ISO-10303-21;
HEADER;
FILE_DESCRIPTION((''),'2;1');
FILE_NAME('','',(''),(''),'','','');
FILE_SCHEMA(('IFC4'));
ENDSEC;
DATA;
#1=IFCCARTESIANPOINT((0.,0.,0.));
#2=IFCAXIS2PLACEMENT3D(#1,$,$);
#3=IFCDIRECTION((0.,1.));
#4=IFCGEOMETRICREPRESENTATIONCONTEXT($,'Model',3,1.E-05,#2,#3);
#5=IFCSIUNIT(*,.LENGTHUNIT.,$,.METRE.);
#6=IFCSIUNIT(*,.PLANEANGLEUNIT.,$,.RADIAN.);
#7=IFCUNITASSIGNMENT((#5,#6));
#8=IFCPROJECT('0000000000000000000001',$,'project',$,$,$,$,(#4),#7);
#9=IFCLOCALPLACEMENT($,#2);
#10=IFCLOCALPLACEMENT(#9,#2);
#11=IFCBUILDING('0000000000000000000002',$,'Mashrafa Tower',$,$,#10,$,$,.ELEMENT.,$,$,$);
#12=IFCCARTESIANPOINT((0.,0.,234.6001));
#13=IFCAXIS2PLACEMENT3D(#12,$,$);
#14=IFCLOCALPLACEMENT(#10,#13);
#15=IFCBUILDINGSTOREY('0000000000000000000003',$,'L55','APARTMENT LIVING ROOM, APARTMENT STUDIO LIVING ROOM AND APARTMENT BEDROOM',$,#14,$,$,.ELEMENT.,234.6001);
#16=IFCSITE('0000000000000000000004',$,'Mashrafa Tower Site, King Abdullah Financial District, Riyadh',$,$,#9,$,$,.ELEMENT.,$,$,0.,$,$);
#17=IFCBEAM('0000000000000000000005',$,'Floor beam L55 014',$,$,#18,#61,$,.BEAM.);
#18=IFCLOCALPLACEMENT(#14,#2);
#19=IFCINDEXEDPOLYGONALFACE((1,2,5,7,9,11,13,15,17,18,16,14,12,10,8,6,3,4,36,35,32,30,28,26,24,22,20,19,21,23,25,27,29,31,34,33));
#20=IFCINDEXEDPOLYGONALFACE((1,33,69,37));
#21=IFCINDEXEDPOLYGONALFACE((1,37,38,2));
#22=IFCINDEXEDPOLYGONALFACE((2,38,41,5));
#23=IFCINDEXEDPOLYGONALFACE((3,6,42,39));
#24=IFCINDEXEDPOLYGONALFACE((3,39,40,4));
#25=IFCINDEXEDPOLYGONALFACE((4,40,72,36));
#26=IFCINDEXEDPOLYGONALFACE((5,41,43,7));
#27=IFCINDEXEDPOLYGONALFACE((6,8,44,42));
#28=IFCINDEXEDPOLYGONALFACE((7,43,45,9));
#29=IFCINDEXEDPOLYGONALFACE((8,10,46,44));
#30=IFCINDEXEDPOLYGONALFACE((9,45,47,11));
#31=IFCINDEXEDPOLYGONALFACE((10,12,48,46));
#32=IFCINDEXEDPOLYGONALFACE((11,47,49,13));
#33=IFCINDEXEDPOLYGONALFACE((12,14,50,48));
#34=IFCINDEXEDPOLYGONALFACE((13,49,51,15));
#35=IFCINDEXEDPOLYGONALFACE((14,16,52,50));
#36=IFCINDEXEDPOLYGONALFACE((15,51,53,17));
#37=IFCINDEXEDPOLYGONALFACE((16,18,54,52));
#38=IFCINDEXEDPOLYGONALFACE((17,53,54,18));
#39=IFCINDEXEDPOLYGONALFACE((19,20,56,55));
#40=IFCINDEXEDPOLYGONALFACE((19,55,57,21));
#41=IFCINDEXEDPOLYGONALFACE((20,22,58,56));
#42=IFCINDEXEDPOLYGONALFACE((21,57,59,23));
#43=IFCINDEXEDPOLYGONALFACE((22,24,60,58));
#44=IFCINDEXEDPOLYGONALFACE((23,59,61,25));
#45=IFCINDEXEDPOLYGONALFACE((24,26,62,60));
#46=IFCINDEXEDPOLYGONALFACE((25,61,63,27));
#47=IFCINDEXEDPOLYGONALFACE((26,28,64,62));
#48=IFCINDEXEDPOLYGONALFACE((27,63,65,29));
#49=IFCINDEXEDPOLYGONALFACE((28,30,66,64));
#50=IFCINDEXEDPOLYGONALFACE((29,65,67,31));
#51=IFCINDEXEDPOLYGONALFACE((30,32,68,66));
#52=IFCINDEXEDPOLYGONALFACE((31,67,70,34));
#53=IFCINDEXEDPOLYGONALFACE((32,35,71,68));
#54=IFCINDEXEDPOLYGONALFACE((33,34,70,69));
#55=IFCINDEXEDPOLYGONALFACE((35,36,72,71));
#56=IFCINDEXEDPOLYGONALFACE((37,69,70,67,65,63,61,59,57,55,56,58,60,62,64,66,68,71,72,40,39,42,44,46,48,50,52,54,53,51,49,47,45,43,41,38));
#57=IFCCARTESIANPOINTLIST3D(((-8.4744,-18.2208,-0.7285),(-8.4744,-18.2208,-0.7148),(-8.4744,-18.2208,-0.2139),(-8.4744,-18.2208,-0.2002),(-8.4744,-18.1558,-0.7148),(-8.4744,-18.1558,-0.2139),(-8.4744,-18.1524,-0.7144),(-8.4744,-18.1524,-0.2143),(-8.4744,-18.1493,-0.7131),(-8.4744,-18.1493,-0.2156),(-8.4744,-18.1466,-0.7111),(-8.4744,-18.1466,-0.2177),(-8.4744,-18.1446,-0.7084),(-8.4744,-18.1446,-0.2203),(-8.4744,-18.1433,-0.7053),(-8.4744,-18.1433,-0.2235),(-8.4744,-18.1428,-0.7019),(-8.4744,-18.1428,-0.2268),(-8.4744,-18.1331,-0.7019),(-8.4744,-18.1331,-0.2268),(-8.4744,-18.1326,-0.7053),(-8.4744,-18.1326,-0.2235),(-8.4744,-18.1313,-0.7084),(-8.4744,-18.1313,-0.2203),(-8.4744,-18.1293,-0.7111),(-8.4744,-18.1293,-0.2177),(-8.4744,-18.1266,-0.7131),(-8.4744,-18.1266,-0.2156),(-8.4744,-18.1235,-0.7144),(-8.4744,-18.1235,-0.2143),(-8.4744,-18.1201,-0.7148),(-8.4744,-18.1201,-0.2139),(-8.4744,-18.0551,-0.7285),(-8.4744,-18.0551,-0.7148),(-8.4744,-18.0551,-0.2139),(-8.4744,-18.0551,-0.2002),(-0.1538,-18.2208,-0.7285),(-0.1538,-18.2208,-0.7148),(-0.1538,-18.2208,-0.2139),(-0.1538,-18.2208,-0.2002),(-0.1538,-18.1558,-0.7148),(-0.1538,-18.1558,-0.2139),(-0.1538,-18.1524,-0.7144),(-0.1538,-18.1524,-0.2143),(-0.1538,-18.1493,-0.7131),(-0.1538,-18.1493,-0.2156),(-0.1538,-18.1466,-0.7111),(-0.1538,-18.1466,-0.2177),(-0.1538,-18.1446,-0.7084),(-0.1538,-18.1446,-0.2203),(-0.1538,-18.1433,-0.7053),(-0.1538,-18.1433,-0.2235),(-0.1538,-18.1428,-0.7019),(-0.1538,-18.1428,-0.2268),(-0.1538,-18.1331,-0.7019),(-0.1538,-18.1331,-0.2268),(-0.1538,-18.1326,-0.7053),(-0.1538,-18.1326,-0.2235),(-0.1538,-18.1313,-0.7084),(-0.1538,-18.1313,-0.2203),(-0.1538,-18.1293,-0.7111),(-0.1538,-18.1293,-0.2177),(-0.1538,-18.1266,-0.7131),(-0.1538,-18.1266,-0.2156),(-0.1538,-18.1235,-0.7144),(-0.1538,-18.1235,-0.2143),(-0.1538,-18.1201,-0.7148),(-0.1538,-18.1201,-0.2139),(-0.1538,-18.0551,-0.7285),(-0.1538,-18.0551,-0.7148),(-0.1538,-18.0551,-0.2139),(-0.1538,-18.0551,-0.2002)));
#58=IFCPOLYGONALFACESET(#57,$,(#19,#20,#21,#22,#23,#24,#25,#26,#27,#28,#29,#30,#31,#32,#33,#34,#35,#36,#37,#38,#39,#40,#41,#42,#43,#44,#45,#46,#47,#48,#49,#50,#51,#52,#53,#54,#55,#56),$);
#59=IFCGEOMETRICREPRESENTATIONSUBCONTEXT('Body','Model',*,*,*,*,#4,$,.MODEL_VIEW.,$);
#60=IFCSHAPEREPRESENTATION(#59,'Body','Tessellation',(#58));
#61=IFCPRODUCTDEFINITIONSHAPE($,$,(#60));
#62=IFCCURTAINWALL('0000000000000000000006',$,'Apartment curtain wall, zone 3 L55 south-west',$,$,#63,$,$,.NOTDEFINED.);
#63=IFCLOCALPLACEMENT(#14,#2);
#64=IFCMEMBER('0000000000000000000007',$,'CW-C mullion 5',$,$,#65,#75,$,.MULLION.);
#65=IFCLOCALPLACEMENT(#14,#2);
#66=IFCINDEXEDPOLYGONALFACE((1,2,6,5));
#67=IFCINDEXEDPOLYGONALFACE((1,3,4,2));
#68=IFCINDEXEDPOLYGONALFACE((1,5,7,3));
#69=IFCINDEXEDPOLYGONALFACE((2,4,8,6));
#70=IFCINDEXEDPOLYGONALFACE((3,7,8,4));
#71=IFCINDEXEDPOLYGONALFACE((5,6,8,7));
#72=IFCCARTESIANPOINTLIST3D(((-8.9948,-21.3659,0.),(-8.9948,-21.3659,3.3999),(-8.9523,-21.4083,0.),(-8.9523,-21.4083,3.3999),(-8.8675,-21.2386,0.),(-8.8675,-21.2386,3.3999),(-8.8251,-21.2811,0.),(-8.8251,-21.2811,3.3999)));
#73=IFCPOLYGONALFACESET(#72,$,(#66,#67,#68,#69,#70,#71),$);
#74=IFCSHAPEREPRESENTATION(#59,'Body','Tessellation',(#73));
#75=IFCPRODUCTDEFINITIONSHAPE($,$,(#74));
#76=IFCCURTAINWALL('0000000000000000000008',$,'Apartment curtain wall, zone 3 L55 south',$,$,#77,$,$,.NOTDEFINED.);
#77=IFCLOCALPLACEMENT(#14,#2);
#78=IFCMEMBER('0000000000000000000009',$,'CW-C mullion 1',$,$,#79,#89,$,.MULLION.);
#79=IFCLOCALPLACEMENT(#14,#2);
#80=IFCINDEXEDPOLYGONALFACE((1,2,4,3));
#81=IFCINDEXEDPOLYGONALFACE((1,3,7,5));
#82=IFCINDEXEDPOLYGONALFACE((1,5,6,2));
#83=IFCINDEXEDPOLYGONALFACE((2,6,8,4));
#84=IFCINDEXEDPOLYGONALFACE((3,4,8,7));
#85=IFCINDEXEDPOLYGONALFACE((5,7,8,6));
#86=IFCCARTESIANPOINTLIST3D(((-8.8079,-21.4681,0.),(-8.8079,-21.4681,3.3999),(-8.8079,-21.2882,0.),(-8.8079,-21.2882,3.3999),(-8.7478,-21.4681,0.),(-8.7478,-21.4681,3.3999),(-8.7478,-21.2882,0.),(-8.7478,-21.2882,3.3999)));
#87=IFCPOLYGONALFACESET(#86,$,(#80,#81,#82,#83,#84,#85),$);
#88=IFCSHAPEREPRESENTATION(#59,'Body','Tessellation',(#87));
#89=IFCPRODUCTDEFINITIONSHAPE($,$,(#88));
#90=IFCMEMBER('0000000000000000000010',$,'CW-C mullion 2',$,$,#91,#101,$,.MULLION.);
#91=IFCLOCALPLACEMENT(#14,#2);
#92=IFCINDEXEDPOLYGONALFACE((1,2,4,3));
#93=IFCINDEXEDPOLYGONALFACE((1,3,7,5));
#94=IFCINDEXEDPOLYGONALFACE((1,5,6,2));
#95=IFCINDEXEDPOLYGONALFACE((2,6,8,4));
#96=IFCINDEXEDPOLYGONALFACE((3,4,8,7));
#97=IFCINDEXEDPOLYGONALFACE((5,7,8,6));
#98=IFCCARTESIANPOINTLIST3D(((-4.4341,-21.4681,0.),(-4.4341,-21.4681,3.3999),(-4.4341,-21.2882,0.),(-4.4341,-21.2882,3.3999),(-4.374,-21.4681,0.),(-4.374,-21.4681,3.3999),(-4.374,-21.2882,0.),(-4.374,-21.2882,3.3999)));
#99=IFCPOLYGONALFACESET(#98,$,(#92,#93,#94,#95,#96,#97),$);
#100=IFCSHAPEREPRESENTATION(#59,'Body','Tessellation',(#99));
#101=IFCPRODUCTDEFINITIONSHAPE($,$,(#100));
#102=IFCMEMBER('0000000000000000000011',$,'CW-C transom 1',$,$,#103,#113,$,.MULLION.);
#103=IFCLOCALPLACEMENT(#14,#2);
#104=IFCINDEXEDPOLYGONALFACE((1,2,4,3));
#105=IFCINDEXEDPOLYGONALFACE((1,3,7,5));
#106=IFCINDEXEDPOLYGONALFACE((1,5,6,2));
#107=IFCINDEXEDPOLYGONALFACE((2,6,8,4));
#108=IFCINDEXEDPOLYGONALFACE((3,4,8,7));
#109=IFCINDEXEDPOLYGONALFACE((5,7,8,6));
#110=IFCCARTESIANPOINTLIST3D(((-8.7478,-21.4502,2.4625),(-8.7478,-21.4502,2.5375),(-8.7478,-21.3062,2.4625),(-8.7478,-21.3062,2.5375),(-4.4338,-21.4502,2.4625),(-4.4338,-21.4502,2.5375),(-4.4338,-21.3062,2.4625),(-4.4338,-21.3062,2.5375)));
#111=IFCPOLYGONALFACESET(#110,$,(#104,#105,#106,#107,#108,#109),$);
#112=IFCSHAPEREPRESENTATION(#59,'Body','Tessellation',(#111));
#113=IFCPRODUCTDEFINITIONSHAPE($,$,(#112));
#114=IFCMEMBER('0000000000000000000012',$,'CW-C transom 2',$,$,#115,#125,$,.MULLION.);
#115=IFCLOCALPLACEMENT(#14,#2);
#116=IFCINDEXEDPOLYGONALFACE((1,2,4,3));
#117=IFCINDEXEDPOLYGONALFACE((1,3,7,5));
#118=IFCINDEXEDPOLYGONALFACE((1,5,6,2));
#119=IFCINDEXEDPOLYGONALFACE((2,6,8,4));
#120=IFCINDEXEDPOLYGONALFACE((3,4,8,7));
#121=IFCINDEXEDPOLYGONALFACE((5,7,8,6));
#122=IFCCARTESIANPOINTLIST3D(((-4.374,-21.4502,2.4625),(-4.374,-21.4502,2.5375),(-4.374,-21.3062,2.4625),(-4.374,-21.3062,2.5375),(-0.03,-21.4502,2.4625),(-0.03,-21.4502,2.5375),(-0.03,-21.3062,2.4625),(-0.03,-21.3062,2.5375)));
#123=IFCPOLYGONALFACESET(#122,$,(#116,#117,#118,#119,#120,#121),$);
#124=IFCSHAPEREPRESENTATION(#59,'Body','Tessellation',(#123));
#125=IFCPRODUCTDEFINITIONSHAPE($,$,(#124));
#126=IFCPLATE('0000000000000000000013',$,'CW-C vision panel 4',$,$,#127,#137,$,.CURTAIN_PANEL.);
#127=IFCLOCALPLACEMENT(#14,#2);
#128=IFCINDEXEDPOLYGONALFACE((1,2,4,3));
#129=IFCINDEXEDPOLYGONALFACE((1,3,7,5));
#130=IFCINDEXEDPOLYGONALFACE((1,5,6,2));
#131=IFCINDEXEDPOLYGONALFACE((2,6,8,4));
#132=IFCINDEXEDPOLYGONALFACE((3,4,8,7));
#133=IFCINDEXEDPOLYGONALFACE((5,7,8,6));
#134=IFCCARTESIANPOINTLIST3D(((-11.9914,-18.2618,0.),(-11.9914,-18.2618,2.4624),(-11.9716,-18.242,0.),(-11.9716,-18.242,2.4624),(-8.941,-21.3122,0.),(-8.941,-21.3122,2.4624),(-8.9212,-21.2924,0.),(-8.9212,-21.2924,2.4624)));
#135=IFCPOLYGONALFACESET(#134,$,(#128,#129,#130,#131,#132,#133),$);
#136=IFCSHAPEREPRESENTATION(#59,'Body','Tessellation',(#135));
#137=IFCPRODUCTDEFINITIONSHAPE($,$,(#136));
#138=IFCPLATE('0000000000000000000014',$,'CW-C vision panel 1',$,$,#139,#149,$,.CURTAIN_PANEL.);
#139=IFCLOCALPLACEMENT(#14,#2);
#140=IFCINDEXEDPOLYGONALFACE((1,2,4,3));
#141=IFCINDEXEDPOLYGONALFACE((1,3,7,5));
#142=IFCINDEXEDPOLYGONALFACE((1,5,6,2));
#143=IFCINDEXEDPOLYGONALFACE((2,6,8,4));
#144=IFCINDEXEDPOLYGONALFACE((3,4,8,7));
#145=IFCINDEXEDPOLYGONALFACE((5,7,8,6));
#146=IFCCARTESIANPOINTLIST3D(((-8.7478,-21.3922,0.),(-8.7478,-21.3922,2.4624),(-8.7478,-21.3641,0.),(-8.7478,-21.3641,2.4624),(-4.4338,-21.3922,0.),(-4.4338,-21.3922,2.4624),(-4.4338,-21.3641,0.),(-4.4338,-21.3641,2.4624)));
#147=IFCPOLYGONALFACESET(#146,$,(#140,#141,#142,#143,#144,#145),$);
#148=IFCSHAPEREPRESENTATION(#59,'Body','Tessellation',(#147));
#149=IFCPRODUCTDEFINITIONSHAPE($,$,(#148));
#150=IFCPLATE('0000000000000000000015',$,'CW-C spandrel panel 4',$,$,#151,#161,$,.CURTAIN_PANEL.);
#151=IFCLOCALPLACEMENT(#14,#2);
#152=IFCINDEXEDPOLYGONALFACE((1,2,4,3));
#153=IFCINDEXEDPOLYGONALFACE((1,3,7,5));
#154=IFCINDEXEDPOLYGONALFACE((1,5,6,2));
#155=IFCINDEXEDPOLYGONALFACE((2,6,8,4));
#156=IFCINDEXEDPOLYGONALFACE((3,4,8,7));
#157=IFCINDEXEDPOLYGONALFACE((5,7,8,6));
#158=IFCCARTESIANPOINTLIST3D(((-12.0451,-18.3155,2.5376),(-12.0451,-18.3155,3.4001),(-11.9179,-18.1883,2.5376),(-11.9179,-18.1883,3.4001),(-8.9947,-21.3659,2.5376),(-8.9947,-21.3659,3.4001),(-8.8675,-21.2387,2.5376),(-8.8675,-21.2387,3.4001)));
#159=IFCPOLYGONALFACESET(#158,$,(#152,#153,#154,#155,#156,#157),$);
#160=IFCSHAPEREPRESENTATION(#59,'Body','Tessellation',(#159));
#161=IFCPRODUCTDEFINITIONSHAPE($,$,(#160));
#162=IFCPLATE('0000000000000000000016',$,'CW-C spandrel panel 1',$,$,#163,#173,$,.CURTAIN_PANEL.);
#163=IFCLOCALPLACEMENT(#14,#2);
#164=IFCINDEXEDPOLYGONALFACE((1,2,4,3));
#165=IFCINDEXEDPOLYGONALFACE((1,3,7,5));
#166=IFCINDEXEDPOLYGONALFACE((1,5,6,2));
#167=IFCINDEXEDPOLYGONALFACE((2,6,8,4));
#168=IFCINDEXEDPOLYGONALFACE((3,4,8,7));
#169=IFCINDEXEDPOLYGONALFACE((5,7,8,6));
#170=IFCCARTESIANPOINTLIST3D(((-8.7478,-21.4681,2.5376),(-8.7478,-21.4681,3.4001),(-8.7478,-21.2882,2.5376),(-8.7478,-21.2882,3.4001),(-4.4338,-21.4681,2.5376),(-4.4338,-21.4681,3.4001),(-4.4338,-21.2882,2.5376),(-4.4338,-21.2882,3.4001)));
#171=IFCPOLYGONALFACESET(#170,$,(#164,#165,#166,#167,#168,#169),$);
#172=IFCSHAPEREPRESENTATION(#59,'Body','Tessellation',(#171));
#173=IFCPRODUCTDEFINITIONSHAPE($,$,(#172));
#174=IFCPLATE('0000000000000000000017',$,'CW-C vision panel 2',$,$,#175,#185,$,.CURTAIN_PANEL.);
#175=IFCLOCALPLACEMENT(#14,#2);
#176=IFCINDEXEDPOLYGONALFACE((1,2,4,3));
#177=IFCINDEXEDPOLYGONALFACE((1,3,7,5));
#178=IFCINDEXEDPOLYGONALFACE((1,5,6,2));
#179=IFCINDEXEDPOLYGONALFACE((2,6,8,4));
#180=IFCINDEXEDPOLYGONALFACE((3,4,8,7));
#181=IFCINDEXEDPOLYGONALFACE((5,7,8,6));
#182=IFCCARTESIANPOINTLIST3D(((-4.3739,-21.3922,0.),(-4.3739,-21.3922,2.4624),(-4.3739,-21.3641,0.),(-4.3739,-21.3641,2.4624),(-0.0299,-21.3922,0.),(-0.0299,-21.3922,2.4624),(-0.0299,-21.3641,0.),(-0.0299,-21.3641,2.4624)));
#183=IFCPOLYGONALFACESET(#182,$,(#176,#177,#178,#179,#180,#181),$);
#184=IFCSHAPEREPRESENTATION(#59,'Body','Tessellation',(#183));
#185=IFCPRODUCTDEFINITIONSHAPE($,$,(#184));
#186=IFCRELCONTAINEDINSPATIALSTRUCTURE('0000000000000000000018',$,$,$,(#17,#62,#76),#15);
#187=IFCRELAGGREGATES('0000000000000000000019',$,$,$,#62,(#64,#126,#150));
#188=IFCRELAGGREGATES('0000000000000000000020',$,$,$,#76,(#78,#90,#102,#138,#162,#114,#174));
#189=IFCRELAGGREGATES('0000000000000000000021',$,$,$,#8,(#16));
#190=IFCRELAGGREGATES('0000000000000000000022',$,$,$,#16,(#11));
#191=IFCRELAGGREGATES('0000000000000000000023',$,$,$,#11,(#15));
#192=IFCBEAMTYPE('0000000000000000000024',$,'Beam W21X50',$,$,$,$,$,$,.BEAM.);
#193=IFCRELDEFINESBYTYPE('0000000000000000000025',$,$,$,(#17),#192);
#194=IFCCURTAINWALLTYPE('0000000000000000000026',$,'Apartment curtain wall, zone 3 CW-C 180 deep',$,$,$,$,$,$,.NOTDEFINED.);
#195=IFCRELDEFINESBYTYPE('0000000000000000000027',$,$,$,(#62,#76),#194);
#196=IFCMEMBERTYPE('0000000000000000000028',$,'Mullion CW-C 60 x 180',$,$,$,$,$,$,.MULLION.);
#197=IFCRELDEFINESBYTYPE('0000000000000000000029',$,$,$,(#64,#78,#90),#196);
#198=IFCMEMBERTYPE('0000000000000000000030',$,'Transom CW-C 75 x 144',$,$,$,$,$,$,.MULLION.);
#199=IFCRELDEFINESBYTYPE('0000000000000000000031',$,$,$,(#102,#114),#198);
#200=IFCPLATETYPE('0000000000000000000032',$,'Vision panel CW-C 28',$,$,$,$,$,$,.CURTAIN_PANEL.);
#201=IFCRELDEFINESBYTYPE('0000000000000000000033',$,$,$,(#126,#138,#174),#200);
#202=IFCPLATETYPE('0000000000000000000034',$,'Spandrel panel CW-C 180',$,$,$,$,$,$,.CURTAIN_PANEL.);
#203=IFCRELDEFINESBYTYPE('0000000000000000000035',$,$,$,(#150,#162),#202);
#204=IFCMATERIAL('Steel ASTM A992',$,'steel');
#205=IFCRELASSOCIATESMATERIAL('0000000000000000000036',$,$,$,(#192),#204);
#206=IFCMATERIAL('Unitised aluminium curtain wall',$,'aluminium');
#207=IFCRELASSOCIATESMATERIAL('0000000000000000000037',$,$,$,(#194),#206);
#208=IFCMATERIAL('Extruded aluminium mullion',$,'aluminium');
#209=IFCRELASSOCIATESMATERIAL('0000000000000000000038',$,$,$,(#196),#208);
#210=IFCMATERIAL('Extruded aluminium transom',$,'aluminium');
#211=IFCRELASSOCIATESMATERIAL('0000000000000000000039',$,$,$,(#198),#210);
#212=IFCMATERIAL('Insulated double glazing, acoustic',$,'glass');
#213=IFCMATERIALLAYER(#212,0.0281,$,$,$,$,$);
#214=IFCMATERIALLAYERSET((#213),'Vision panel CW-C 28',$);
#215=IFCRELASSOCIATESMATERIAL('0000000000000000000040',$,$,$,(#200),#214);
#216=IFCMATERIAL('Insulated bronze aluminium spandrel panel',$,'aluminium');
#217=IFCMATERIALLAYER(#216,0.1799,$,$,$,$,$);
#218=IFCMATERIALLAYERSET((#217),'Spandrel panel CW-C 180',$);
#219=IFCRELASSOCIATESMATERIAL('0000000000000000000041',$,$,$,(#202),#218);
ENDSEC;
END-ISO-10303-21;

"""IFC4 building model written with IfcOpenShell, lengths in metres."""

from ifc_helpers import new_model, si_unit, direction, frame, origin, origin_2d, place, context, subcontext, project, spatial, rectangle, i_section, extrude, source, transform, mapped, material, layer, layer_set, material_profile, profile_set, type_object, type_shapes, element, aggregate, save


model = new_model("IFC4")

# Units and contexts
model_context = context("Model", 3, precision=1e-05, world=origin(), true_north=direction((0.0, 1.0)))
body_context = subcontext(model_context, "Body", "Model", "MODEL_VIEW")
ifc_project = project(units=[si_unit("LENGTHUNIT", "METRE"), si_unit("PLANEANGLEUNIT", "RADIAN")], contexts=[model_context])

# Site, building, storey
site_placement = place(None, origin())
site = spatial("IfcSite", under=ifc_project, at=site_placement, Name="Mashrafa Tower Site, King Abdullah Financial District, Riyadh", CompositionType="ELEMENT", RefElevation=0.0)
building_placement = place(site_placement, origin())
building = spatial("IfcBuilding", under=site, at=building_placement, Name="Mashrafa Tower", CompositionType="ELEMENT")
storey_placement = place(building_placement, frame((0.0, 0.0, 234.6001)))
storey = spatial("IfcBuildingStorey", under=building, at=storey_placement, Name="L55", Description="APARTMENT LIVING ROOM, APARTMENT STUDIO LIVING ROOM AND APARTMENT BEDROOM", CompositionType="ELEMENT", Elevation=234.6001)

# Beam
ifc_material_1 = material(Name="Steel ASTM A992", Category="steel")
ifc_material_profile_1 = material_profile(ifc_material_1, i_section(OverallWidth=0.1658, OverallDepth=0.5283, WebThickness=0.0098, FlangeThickness=0.0137, FilletRadius=0.0129, at=origin_2d()), Name="W21X50")
ifc_profile_set_1 = profile_set([ifc_material_profile_1], Name="Steel ASTM A992")
beam_type_1 = type_object("IfcBeamType", Name="Beam W21X50", PredefinedType="BEAM", material=ifc_profile_set_1)
beam_1_placement = place(storey_placement, frame((-0.1538, -18.1379, -0.4644), z_axis=(-1.0, 0.0, 0.0), x_axis=(0.0, -1.0, 0.0)))
element("IfcBeam", 1, at=beam_1_placement, inside=storey, type_object=beam_type_1, Name="Floor beam L55 014", PredefinedType="BEAM", context=body_context, shape_type="SweptSolid", body=[
    extrude(i_section(OverallWidth=0.1658, OverallDepth=0.5283, WebThickness=0.0098, FlangeThickness=0.0137, FilletRadius=0.0129, at=origin_2d()), origin(), (0.0, 0.0, 1.0), 8.3206),
])

# Curtain wall, member
ifc_material_2 = material(Name="Unitised aluminium curtain wall", Category="aluminium")
curtain_wall_type = type_object("IfcCurtainWallType", Name="Apartment curtain wall, zone 3 CW-C 180 deep", PredefinedType="NOTDEFINED", material=ifc_material_2)
curtain_wall_1_placement = place(storey_placement, origin())
curtain_wall_1 = element("IfcCurtainWall", 2, at=curtain_wall_1_placement, inside=storey, type_object=curtain_wall_type, Name="Apartment curtain wall, zone 3 L55 south-west", PredefinedType="NOTDEFINED")
ifc_material_3 = material(Name="Extruded aluminium mullion", Category="aluminium")
ifc_material_profile_2 = material_profile(ifc_material_3, rectangle(XDim=0.1799, YDim=0.0601, at=origin_2d()), Name="Mullion 60x180")
ifc_profile_set_2 = profile_set([ifc_material_profile_2], Name="Extruded aluminium mullion")
member_type_1 = type_object("IfcMemberType", Name="Mullion CW-C 60 x 180", PredefinedType="MULLION", material=ifc_profile_set_2)
shared_shape_1 = source(origin(), body_context, "Body", "SweptSolid", [
    extrude(rectangle(XDim=0.1799, YDim=0.0601, at=origin_2d()), origin(), (0.0, 0.0, 1.0), 3.3999),
])
type_shapes(member_type_1, [shared_shape_1])
member_1_placement = place(storey_placement, frame((-8.9099, -21.3235, 0.0), z_axis=(0.0, 0.0, 1.0), x_axis=(0.707107, 0.707107, 0.0)))
member_1 = element("IfcMember", 3, at=member_1_placement, type_object=member_type_1, Name="CW-C mullion 5", PredefinedType="MULLION", context=body_context, shape_type="MappedRepresentation", body=[
    mapped(shared_shape_1, transform((0.0, 0.0, 0.0))),
])

# Curtain wall, members
curtain_wall_2_placement = place(storey_placement, origin())
curtain_wall_2 = element("IfcCurtainWall", 4, at=curtain_wall_2_placement, inside=storey, type_object=curtain_wall_type, Name="Apartment curtain wall, zone 3 L55 south", PredefinedType="NOTDEFINED")
member_2_placement = place(storey_placement, frame((-8.7778, -21.3782, 0.0), z_axis=(0.0, 0.0, 1.0), x_axis=(0.0, 1.0, 0.0)))
member_2 = element("IfcMember", 5, at=member_2_placement, type_object=member_type_1, Name="CW-C mullion 1", PredefinedType="MULLION", context=body_context, shape_type="MappedRepresentation", body=[
    mapped(shared_shape_1, transform((0.0, 0.0, 0.0))),
])
member_3_placement = place(storey_placement, frame((-4.4041, -21.3782, 0.0), z_axis=(0.0, 0.0, 1.0), x_axis=(0.0, 1.0, 0.0)))
member_3 = element("IfcMember", 6, at=member_3_placement, type_object=member_type_1, Name="CW-C mullion 2", PredefinedType="MULLION", context=body_context, shape_type="MappedRepresentation", body=[
    mapped(shared_shape_1, transform((0.0, 0.0, 0.0))),
])
ifc_material_4 = material(Name="Extruded aluminium transom", Category="aluminium")
ifc_material_profile_3 = material_profile(ifc_material_4, rectangle(XDim=0.144, YDim=0.075, at=origin_2d()), Name="Transom 75x144")
ifc_profile_set_3 = profile_set([ifc_material_profile_3], Name="Extruded aluminium transom")
member_type_2 = type_object("IfcMemberType", Name="Transom CW-C 75 x 144", PredefinedType="MULLION", material=ifc_profile_set_3)
shared_shape_2 = source(origin(), body_context, "Body", "SweptSolid", [
    extrude(rectangle(XDim=0.144, YDim=0.075, at=origin_2d()), origin(), (0.0, 0.0, 1.0), 4.314),
])
member_4_placement = place(storey_placement, frame((-8.7478, -21.3782, 2.5), z_axis=(1.0, 0.0, 0.0), x_axis=(0.0, 1.0, 0.0)))
member_4 = element("IfcMember", 7, at=member_4_placement, type_object=member_type_2, Name="CW-C transom 1", PredefinedType="MULLION", context=body_context, shape_type="MappedRepresentation", body=[
    mapped(shared_shape_2, transform((0.0, 0.0, 0.0))),
])
shared_shape_3 = source(origin(), body_context, "Body", "SweptSolid", [
    extrude(rectangle(XDim=0.144, YDim=0.075, at=origin_2d()), origin(), (0.0, 0.0, 1.0), 4.344),
])
type_shapes(member_type_2, [shared_shape_2, shared_shape_3])
member_5_placement = place(storey_placement, frame((-4.374, -21.3782, 2.5), z_axis=(1.0, 0.0, 0.0), x_axis=(0.0, 1.0, 0.0)))
member_5 = element("IfcMember", 8, at=member_5_placement, type_object=member_type_2, Name="CW-C transom 2", PredefinedType="MULLION", context=body_context, shape_type="MappedRepresentation", body=[
    mapped(shared_shape_3, transform((0.0, 0.0, 0.0))),
])

# Plates
ifc_material_5 = material(Name="Insulated double glazing, acoustic", Category="glass")
ifc_layer_1 = layer(ifc_material_5, 0.0281)
ifc_layer_set_1 = layer_set([ifc_layer_1], Name="Vision panel CW-C 28")
plate_type_1 = type_object("IfcPlateType", Name="Vision panel CW-C 28", PredefinedType="CURTAIN_PANEL", material=ifc_layer_set_1)
shared_shape_4 = source(origin(), body_context, "Body", "SweptSolid", [
    extrude(rectangle(XDim=4.314, YDim=0.0281, at=origin_2d()), origin(), (0.0, 0.0, 1.0), 2.4624),
])
plate_1_placement = place(storey_placement, frame((-10.4563, -19.7771, 0.0), z_axis=(0.0, 0.0, 1.0), x_axis=(0.707107, -0.707107, 0.0)))
plate_1 = element("IfcPlate", 9, at=plate_1_placement, type_object=plate_type_1, Name="CW-C vision panel 4", PredefinedType="CURTAIN_PANEL", context=body_context, shape_type="MappedRepresentation", body=[
    mapped(shared_shape_4, transform((0.0, 0.0, 0.0))),
])
plate_2_placement = place(storey_placement, frame((-6.5908, -21.3782, 0.0), z_axis=(0.0, 0.0, 1.0), x_axis=(1.0, 0.0, 0.0)))
plate_2 = element("IfcPlate", 10, at=plate_2_placement, type_object=plate_type_1, Name="CW-C vision panel 1", PredefinedType="CURTAIN_PANEL", context=body_context, shape_type="MappedRepresentation", body=[
    mapped(shared_shape_4, transform((0.0, 0.0, 0.0))),
])
ifc_material_6 = material(Name="Insulated bronze aluminium spandrel panel", Category="aluminium")
ifc_layer_2 = layer(ifc_material_6, 0.1799)
ifc_layer_set_2 = layer_set([ifc_layer_2], Name="Spandrel panel CW-C 180")
plate_type_2 = type_object("IfcPlateType", Name="Spandrel panel CW-C 180", PredefinedType="CURTAIN_PANEL", material=ifc_layer_set_2)
shared_shape_5 = source(origin(), body_context, "Body", "SweptSolid", [
    extrude(rectangle(XDim=4.314, YDim=0.1799, at=origin_2d()), origin(), (0.0, 0.0, 1.0), 0.8625),
])
plate_3_placement = place(storey_placement, frame((-10.4563, -19.7771, 2.5376), z_axis=(0.0, 0.0, 1.0), x_axis=(0.707107, -0.707107, 0.0)))
plate_3 = element("IfcPlate", 11, at=plate_3_placement, type_object=plate_type_2, Name="CW-C spandrel panel 4", PredefinedType="CURTAIN_PANEL", context=body_context, shape_type="MappedRepresentation", body=[
    mapped(shared_shape_5, transform((0.0, 0.0, 0.0))),
])
aggregate(curtain_wall_1, [member_1, plate_1, plate_3])
plate_4_placement = place(storey_placement, frame((-6.5908, -21.3782, 2.5376), z_axis=(0.0, 0.0, 1.0), x_axis=(1.0, 0.0, 0.0)))
plate_4 = element("IfcPlate", 12, at=plate_4_placement, type_object=plate_type_2, Name="CW-C spandrel panel 1", PredefinedType="CURTAIN_PANEL", context=body_context, shape_type="MappedRepresentation", body=[
    mapped(shared_shape_5, transform((0.0, 0.0, 0.0))),
])
shared_shape_6 = source(origin(), body_context, "Body", "SweptSolid", [
    extrude(rectangle(XDim=4.344, YDim=0.0281, at=origin_2d()), origin(), (0.0, 0.0, 1.0), 2.4624),
])
type_shapes(plate_type_1, [shared_shape_4, shared_shape_6])
plate_5_placement = place(storey_placement, frame((-2.2019, -21.3782, 0.0), z_axis=(0.0, 0.0, 1.0), x_axis=(1.0, 0.0, 0.0)))
plate_5 = element("IfcPlate", 13, at=plate_5_placement, type_object=plate_type_1, Name="CW-C vision panel 2", PredefinedType="CURTAIN_PANEL", context=body_context, shape_type="MappedRepresentation", body=[
    mapped(shared_shape_6, transform((0.0, 0.0, 0.0))),
])
aggregate(curtain_wall_2, [member_2, member_3, member_4, plate_2, plate_4, member_5, plate_5])

save(model, "model.ifc")
